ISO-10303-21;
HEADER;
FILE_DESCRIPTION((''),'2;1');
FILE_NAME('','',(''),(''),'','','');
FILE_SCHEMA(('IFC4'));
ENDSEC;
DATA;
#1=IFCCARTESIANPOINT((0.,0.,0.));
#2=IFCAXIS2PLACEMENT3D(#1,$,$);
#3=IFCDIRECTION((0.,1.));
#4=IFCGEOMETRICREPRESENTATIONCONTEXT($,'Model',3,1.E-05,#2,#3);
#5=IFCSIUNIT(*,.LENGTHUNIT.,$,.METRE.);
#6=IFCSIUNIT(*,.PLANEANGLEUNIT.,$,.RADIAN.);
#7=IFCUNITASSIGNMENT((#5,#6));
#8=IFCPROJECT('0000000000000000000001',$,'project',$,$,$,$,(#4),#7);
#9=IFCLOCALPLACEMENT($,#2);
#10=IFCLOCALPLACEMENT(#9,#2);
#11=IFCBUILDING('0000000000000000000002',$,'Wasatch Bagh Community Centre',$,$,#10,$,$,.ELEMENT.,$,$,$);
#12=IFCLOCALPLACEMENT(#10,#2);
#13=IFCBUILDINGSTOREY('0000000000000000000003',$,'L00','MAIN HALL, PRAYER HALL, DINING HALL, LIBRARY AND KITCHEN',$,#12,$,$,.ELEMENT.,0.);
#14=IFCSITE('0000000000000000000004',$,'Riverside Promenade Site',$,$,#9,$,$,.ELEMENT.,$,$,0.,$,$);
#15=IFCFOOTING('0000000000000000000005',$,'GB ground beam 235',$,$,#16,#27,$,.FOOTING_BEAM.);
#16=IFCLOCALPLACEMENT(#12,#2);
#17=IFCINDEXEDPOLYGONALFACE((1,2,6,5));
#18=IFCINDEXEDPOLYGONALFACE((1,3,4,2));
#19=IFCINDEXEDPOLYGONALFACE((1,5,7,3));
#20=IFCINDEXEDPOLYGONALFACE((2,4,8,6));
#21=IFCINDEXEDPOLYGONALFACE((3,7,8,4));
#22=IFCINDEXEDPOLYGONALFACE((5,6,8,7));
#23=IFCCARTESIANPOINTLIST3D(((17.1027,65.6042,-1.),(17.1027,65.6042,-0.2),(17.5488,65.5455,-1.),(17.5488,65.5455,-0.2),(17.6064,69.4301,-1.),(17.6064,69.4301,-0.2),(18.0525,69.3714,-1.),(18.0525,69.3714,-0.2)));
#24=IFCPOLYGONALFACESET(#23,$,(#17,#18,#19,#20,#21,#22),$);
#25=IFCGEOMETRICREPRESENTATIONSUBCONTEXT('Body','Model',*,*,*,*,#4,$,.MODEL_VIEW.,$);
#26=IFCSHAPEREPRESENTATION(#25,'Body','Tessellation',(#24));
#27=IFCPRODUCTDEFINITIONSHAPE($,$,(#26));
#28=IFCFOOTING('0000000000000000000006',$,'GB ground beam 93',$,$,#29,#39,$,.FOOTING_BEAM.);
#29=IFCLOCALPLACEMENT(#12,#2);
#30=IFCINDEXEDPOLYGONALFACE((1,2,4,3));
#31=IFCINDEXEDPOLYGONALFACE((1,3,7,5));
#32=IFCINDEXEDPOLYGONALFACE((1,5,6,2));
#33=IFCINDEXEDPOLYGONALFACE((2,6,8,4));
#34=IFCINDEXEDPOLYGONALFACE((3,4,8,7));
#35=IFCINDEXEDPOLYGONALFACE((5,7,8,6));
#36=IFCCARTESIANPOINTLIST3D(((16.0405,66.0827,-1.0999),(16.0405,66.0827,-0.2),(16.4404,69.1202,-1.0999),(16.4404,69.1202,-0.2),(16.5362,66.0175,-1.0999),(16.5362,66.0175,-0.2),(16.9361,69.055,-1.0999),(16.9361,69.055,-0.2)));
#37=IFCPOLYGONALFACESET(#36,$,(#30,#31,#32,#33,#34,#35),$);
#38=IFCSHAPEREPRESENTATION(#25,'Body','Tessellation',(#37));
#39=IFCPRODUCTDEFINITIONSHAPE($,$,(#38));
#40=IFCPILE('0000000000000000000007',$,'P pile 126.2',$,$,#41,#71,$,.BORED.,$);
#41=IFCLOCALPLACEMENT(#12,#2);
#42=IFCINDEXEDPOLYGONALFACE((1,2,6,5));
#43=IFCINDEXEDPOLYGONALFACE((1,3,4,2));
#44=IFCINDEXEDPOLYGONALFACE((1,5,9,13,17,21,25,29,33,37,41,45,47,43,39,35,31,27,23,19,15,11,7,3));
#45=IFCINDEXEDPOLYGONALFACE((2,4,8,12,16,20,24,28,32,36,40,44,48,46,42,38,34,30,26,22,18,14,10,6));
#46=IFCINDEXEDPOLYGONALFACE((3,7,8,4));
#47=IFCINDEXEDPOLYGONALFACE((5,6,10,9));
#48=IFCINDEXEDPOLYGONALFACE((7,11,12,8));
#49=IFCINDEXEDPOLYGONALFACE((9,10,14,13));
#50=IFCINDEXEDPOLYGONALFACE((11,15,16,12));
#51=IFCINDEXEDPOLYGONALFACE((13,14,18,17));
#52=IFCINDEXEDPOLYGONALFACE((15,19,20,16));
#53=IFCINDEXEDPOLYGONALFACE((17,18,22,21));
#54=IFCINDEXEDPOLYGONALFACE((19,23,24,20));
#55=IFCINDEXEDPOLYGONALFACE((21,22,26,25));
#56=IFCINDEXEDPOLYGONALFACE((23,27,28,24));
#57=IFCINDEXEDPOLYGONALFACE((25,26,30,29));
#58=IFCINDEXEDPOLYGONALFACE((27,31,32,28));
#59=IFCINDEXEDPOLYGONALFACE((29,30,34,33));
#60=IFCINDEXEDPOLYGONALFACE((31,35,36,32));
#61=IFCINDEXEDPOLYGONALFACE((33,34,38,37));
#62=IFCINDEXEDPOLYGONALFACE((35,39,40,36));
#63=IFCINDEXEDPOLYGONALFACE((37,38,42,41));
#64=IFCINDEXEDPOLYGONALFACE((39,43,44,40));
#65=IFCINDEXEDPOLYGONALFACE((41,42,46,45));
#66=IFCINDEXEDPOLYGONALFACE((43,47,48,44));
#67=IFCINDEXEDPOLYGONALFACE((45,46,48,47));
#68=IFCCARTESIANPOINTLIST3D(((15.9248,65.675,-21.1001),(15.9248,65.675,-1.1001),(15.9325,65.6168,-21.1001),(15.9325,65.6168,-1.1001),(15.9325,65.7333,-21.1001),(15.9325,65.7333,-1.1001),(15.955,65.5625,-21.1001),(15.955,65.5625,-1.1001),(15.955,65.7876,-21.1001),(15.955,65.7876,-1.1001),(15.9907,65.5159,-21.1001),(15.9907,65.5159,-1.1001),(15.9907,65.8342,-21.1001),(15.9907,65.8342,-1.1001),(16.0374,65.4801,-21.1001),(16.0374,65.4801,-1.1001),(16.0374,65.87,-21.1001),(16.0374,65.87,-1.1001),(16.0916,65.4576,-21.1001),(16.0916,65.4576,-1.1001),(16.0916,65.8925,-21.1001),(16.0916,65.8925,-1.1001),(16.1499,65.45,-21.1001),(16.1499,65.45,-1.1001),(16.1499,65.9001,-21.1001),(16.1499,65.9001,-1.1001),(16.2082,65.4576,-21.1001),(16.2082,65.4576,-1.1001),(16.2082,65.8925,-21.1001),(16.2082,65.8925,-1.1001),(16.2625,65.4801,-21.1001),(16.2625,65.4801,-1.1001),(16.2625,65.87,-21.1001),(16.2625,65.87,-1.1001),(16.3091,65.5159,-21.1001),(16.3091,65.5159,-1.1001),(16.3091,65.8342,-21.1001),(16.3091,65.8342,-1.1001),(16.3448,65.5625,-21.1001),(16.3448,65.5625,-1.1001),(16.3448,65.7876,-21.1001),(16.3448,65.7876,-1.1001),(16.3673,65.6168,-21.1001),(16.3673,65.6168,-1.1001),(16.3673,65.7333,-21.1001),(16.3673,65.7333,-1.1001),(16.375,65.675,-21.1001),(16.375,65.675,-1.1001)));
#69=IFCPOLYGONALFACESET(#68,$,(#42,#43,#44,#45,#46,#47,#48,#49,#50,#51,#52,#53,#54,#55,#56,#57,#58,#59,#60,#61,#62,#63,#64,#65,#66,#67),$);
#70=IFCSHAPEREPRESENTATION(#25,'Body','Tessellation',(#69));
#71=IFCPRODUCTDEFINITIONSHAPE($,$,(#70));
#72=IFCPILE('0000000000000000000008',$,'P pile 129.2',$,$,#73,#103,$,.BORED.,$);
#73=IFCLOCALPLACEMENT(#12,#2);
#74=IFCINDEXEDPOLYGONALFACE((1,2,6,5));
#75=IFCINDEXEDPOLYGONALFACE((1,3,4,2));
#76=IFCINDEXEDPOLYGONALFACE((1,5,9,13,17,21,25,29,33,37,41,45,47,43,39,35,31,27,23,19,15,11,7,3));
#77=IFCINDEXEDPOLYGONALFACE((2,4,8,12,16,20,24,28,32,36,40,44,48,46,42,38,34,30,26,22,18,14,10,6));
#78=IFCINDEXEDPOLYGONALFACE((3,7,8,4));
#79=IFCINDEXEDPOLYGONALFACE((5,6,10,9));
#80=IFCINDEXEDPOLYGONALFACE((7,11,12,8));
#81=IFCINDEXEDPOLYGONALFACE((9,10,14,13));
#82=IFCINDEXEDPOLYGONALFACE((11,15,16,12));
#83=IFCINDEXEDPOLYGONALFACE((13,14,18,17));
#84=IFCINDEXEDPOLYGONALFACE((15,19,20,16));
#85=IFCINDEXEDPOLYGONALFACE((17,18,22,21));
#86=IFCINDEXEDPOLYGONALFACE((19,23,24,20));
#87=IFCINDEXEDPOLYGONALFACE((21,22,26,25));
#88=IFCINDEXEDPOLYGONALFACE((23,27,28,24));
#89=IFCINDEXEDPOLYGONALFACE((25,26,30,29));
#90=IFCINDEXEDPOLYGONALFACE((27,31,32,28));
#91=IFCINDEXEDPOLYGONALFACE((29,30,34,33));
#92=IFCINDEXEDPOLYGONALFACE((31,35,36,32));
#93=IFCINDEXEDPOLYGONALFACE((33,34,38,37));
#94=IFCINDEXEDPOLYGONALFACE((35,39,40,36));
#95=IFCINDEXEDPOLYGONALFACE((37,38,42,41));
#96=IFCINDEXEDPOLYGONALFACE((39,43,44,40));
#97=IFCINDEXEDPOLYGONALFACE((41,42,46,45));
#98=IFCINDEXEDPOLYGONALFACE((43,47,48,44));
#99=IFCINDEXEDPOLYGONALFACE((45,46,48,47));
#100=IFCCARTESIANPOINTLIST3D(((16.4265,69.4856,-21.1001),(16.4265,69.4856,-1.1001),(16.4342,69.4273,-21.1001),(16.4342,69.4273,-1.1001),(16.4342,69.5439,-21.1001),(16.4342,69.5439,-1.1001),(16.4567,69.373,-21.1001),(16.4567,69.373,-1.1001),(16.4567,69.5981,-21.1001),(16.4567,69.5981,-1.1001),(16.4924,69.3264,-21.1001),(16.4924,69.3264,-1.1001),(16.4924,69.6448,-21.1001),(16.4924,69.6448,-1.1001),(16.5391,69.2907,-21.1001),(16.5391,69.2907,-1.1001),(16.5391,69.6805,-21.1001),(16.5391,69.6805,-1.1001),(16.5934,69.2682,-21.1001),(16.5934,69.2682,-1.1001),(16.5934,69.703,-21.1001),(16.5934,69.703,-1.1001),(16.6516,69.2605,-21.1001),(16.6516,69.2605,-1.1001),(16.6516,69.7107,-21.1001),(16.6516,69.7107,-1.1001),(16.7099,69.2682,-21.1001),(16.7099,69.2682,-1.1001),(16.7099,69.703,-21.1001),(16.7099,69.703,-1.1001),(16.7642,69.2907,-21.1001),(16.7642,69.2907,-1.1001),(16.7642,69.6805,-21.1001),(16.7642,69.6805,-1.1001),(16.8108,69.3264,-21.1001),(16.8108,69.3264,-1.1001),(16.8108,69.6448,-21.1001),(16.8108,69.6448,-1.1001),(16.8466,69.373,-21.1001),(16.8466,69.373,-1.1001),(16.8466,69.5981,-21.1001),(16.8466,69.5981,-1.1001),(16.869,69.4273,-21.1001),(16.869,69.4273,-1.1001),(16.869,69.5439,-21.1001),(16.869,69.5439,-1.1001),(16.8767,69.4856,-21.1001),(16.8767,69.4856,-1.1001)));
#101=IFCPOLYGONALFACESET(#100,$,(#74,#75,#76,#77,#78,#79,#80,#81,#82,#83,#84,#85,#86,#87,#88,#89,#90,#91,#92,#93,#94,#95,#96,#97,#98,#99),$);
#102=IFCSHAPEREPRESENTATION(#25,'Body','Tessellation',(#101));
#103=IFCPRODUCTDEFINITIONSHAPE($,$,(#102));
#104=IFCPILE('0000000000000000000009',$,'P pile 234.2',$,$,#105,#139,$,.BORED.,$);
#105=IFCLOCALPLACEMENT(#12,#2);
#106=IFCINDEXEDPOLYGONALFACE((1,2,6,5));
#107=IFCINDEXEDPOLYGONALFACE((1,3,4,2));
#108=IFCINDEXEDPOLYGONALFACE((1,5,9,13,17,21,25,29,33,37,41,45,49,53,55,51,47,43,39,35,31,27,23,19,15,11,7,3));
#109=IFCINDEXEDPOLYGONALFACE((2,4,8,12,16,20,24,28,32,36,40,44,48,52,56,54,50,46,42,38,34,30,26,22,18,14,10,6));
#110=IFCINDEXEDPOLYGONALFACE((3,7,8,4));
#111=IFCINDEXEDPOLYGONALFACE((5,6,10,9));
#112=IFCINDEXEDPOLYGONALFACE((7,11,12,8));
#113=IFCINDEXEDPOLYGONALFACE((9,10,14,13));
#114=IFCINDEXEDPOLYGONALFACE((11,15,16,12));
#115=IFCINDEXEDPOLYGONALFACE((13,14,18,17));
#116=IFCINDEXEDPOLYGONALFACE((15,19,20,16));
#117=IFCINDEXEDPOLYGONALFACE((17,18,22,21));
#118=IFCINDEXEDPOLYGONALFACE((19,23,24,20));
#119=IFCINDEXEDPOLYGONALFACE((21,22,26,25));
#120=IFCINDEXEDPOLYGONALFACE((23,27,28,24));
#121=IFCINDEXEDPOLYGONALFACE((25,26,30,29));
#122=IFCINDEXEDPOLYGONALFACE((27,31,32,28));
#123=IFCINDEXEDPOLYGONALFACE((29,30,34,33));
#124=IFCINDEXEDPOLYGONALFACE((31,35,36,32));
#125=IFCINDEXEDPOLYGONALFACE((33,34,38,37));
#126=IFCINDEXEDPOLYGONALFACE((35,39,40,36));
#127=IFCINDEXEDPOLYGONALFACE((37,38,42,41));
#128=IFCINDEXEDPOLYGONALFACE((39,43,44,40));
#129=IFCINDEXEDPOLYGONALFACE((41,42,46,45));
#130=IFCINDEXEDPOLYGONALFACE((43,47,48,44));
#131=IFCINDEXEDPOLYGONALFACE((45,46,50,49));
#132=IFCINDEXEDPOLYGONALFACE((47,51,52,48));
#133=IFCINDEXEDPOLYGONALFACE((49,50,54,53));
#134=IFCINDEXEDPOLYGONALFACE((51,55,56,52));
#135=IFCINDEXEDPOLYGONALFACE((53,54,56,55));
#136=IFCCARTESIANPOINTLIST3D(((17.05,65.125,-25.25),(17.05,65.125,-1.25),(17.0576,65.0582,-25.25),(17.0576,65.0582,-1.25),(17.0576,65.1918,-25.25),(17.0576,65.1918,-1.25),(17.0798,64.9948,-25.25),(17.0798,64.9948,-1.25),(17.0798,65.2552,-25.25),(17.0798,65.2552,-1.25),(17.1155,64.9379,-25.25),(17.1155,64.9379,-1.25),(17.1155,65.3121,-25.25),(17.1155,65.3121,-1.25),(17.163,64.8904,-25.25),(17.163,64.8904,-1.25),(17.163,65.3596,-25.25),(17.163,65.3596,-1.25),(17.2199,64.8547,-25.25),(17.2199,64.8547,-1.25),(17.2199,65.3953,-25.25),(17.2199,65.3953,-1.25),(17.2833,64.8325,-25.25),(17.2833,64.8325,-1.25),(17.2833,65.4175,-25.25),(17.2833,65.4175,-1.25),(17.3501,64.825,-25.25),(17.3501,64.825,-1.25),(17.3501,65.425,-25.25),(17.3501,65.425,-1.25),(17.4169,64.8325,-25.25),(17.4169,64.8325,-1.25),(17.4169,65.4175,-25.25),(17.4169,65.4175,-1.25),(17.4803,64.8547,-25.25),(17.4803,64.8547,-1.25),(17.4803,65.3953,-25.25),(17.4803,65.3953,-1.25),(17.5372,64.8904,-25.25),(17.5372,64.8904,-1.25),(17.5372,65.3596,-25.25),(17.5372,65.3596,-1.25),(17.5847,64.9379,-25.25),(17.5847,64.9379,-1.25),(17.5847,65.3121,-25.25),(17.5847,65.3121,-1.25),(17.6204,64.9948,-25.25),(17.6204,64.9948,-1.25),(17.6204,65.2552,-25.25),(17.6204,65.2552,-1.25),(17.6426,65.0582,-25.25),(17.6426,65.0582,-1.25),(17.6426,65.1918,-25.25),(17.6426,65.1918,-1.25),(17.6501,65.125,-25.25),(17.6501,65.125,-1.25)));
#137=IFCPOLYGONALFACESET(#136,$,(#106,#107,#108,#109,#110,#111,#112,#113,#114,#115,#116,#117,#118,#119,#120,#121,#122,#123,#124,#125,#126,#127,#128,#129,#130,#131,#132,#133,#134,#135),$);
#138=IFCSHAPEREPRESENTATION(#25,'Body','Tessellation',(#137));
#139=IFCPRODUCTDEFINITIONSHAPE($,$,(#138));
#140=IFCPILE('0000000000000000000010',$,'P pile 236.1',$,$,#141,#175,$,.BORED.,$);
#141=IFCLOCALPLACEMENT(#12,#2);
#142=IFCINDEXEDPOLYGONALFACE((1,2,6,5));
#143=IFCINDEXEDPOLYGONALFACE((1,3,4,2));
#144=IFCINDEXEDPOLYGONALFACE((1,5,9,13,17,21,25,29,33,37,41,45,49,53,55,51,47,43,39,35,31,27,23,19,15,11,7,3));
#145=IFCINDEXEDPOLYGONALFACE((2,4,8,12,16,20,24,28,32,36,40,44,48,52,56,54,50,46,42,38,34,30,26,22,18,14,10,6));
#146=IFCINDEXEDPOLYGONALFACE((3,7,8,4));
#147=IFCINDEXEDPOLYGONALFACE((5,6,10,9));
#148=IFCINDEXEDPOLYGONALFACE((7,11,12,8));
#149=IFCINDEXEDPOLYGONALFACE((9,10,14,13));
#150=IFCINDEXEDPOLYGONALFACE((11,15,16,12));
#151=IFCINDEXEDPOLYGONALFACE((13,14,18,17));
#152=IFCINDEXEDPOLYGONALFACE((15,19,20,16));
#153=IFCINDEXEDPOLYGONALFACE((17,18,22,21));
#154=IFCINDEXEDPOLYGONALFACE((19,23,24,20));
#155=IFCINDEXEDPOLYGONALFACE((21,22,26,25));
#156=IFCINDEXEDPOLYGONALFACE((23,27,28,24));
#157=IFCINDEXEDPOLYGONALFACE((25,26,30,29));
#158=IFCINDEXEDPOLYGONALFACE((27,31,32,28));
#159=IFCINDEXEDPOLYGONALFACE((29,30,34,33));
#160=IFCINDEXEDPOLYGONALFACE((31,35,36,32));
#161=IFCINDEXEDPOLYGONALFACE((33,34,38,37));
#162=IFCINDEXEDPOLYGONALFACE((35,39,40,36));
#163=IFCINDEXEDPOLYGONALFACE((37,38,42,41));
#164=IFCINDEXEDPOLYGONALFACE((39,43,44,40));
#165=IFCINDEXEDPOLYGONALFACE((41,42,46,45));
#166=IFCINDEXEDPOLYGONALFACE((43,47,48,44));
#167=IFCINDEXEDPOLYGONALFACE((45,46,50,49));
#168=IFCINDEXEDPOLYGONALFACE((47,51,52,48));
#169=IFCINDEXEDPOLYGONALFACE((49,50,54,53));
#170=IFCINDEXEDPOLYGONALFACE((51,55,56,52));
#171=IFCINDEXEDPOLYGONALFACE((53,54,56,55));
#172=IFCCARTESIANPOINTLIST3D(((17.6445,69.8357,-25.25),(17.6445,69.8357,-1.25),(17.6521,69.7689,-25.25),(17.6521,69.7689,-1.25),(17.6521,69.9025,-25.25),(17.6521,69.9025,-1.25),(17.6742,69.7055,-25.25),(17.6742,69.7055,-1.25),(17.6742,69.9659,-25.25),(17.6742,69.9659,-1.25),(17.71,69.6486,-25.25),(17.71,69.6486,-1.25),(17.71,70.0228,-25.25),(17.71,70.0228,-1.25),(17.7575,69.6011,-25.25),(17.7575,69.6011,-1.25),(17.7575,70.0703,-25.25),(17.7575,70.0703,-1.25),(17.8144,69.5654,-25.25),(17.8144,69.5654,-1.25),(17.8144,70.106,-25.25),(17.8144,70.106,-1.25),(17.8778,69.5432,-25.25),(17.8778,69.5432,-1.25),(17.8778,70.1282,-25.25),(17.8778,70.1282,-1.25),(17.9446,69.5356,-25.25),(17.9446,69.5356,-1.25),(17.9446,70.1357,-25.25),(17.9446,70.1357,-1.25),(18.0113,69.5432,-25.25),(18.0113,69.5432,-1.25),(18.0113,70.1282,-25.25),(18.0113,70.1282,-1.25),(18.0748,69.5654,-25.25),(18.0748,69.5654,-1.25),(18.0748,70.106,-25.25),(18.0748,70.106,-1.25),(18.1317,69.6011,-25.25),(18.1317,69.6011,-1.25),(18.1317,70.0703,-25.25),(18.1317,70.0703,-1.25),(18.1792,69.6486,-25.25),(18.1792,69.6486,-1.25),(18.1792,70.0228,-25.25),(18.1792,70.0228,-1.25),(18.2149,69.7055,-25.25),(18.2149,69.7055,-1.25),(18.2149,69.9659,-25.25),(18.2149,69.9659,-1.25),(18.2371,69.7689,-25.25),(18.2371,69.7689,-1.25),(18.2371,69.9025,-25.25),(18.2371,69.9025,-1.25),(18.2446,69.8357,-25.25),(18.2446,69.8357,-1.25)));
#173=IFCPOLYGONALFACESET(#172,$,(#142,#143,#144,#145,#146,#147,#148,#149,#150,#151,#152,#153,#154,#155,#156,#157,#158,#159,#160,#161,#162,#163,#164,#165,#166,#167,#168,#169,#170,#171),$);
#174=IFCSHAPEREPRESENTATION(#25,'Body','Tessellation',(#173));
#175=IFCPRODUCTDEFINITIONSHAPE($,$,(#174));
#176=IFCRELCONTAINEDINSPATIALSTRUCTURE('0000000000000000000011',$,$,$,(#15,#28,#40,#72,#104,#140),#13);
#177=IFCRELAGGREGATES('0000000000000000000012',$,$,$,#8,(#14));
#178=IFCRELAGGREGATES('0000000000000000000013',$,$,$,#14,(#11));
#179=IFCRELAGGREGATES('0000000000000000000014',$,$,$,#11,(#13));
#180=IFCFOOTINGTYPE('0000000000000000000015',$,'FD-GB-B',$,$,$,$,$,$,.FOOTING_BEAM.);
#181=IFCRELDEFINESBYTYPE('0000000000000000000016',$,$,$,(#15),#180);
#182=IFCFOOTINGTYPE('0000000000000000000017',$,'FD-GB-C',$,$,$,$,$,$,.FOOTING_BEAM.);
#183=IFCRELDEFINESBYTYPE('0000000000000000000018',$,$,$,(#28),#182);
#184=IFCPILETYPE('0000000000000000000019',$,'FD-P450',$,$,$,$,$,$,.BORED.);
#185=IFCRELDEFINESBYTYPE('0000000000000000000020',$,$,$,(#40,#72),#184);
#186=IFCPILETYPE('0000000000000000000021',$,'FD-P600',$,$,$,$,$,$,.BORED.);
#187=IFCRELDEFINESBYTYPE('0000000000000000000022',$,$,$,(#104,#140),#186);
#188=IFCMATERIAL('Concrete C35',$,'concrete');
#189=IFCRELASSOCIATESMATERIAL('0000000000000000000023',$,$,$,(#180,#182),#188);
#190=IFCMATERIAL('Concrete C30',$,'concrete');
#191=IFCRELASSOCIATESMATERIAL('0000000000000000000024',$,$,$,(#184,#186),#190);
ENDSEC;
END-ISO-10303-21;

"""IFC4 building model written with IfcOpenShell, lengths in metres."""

from ifc_helpers import new_model, si_unit, direction, frame, origin, origin_2d, place, context, subcontext, project, spatial, rectangle, circle, extrude, material, material_profile, profile_set, type_object, element, save


model = new_model("IFC4")

# Units and contexts
model_context = context("Model", 3, precision=1e-05, world=origin(), true_north=direction((0.0, 1.0)))
body_context = subcontext(model_context, "Body", "Model", "MODEL_VIEW")
ifc_project = project(units=[si_unit("LENGTHUNIT", "METRE"), si_unit("PLANEANGLEUNIT", "RADIAN")], contexts=[model_context])

# Site, building, storey
site_placement = place(None, origin())
site = spatial("IfcSite", under=ifc_project, at=site_placement, Name="Riverside Promenade Site", CompositionType="ELEMENT", RefElevation=0.0)
building_placement = place(site_placement, origin())
building = spatial("IfcBuilding", under=site, at=building_placement, Name="Wasatch Bagh Community Centre", CompositionType="ELEMENT")
storey_placement = place(building_placement, origin())
storey = spatial("IfcBuildingStorey", under=building, at=storey_placement, Name="L00", Description="MAIN HALL, PRAYER HALL, DINING HALL, LIBRARY AND KITCHEN", CompositionType="ELEMENT", Elevation=0.0)

# Footings
ifc_material_1 = material(Name="Concrete C35", Category="concrete")
footing_type_1 = type_object("IfcFootingType", Name="FD-GB-B", PredefinedType="FOOTING_BEAM", material=ifc_material_1)
footing_1_placement = place(storey_placement, frame((17.5776, 67.4878, -1.0), z_axis=(0.0, 0.0, 1.0), x_axis=(-0.130526, -0.991445, 0.0)))
element("IfcFooting", 1, at=footing_1_placement, inside=storey, type_object=footing_type_1, Name="GB ground beam 235", PredefinedType="FOOTING_BEAM", context=body_context, shape_type="SweptSolid", body=[
    extrude(rectangle(XDim=3.8589, YDim=0.45, at=origin_2d()), origin(), (0.0, 0.0, 1.0), 0.8),
])
footing_type_2 = type_object("IfcFootingType", Name="FD-GB-C", PredefinedType="FOOTING_BEAM", material=ifc_material_1)
footing_2_placement = place(storey_placement, frame((16.4883, 67.5688, -1.0999), z_axis=(0.0, 0.0, 1.0), x_axis=(-0.130526, -0.991445, 0.0)))
element("IfcFooting", 2, at=footing_2_placement, inside=storey, type_object=footing_type_2, Name="GB ground beam 93", PredefinedType="FOOTING_BEAM", context=body_context, shape_type="SweptSolid", body=[
    extrude(rectangle(XDim=3.0637, YDim=0.5, at=origin_2d()), origin(), (0.0, 0.0, 1.0), 0.8999),
])

# Piles
ifc_material_2 = material(Name="Concrete C30", Category="concrete")
ifc_material_profile_1 = material_profile(ifc_material_2, circle(Radius=0.2251, at=origin_2d()), Name="RC D450")
ifc_profile_set_1 = profile_set([ifc_material_profile_1], Name="Concrete C30")
pile_type_1 = type_object("IfcPileType", Name="FD-P450", PredefinedType="BORED", material=ifc_profile_set_1)
for number, where, z_axis, x_axis, name in (
    (3, (16.1499, 65.675, -1.1001), (0.0, 0.0, -1.0), (1.0, 0.0, 0.0), "P pile 126.2"),
    (4, (16.6516, 69.4856, -1.1001), (0.0, 0.0, -1.0), (1.0, 0.0, 0.0), "P pile 129.2"),
):
    element("IfcPile", number, at=place(storey_placement, frame(where, z_axis=z_axis, x_axis=x_axis)), inside=storey, type_object=pile_type_1, Name=name, PredefinedType="BORED", context=body_context, shape_type="SweptSolid", body=[
        extrude(circle(Radius=0.2251, at=origin_2d()), origin(), (0.0, 0.0, 1.0), 20.0),
    ])
ifc_material_profile_2 = material_profile(ifc_material_2, circle(Radius=0.3, at=origin_2d()), Name="RC D600")
ifc_profile_set_2 = profile_set([ifc_material_profile_2], Name="Concrete C30")
pile_type_2 = type_object("IfcPileType", Name="FD-P600", PredefinedType="BORED", material=ifc_profile_set_2)
for number, where, z_axis, x_axis, name in (
    (5, (17.3501, 65.125, -1.25), (0.0, 0.0, -1.0), (1.0, 0.0, 0.0), "P pile 234.2"),
    (6, (17.9446, 69.8357, -1.25), (0.0, 0.0, -1.0), (1.0, 0.0, 0.0), "P pile 236.1"),
):
    element("IfcPile", number, at=place(storey_placement, frame(where, z_axis=z_axis, x_axis=x_axis)), inside=storey, type_object=pile_type_2, Name=name, PredefinedType="BORED", context=body_context, shape_type="SweptSolid", body=[
        extrude(circle(Radius=0.3, at=origin_2d()), origin(), (0.0, 0.0, 1.0), 24.0),
    ])

save(model, "model.ifc")
